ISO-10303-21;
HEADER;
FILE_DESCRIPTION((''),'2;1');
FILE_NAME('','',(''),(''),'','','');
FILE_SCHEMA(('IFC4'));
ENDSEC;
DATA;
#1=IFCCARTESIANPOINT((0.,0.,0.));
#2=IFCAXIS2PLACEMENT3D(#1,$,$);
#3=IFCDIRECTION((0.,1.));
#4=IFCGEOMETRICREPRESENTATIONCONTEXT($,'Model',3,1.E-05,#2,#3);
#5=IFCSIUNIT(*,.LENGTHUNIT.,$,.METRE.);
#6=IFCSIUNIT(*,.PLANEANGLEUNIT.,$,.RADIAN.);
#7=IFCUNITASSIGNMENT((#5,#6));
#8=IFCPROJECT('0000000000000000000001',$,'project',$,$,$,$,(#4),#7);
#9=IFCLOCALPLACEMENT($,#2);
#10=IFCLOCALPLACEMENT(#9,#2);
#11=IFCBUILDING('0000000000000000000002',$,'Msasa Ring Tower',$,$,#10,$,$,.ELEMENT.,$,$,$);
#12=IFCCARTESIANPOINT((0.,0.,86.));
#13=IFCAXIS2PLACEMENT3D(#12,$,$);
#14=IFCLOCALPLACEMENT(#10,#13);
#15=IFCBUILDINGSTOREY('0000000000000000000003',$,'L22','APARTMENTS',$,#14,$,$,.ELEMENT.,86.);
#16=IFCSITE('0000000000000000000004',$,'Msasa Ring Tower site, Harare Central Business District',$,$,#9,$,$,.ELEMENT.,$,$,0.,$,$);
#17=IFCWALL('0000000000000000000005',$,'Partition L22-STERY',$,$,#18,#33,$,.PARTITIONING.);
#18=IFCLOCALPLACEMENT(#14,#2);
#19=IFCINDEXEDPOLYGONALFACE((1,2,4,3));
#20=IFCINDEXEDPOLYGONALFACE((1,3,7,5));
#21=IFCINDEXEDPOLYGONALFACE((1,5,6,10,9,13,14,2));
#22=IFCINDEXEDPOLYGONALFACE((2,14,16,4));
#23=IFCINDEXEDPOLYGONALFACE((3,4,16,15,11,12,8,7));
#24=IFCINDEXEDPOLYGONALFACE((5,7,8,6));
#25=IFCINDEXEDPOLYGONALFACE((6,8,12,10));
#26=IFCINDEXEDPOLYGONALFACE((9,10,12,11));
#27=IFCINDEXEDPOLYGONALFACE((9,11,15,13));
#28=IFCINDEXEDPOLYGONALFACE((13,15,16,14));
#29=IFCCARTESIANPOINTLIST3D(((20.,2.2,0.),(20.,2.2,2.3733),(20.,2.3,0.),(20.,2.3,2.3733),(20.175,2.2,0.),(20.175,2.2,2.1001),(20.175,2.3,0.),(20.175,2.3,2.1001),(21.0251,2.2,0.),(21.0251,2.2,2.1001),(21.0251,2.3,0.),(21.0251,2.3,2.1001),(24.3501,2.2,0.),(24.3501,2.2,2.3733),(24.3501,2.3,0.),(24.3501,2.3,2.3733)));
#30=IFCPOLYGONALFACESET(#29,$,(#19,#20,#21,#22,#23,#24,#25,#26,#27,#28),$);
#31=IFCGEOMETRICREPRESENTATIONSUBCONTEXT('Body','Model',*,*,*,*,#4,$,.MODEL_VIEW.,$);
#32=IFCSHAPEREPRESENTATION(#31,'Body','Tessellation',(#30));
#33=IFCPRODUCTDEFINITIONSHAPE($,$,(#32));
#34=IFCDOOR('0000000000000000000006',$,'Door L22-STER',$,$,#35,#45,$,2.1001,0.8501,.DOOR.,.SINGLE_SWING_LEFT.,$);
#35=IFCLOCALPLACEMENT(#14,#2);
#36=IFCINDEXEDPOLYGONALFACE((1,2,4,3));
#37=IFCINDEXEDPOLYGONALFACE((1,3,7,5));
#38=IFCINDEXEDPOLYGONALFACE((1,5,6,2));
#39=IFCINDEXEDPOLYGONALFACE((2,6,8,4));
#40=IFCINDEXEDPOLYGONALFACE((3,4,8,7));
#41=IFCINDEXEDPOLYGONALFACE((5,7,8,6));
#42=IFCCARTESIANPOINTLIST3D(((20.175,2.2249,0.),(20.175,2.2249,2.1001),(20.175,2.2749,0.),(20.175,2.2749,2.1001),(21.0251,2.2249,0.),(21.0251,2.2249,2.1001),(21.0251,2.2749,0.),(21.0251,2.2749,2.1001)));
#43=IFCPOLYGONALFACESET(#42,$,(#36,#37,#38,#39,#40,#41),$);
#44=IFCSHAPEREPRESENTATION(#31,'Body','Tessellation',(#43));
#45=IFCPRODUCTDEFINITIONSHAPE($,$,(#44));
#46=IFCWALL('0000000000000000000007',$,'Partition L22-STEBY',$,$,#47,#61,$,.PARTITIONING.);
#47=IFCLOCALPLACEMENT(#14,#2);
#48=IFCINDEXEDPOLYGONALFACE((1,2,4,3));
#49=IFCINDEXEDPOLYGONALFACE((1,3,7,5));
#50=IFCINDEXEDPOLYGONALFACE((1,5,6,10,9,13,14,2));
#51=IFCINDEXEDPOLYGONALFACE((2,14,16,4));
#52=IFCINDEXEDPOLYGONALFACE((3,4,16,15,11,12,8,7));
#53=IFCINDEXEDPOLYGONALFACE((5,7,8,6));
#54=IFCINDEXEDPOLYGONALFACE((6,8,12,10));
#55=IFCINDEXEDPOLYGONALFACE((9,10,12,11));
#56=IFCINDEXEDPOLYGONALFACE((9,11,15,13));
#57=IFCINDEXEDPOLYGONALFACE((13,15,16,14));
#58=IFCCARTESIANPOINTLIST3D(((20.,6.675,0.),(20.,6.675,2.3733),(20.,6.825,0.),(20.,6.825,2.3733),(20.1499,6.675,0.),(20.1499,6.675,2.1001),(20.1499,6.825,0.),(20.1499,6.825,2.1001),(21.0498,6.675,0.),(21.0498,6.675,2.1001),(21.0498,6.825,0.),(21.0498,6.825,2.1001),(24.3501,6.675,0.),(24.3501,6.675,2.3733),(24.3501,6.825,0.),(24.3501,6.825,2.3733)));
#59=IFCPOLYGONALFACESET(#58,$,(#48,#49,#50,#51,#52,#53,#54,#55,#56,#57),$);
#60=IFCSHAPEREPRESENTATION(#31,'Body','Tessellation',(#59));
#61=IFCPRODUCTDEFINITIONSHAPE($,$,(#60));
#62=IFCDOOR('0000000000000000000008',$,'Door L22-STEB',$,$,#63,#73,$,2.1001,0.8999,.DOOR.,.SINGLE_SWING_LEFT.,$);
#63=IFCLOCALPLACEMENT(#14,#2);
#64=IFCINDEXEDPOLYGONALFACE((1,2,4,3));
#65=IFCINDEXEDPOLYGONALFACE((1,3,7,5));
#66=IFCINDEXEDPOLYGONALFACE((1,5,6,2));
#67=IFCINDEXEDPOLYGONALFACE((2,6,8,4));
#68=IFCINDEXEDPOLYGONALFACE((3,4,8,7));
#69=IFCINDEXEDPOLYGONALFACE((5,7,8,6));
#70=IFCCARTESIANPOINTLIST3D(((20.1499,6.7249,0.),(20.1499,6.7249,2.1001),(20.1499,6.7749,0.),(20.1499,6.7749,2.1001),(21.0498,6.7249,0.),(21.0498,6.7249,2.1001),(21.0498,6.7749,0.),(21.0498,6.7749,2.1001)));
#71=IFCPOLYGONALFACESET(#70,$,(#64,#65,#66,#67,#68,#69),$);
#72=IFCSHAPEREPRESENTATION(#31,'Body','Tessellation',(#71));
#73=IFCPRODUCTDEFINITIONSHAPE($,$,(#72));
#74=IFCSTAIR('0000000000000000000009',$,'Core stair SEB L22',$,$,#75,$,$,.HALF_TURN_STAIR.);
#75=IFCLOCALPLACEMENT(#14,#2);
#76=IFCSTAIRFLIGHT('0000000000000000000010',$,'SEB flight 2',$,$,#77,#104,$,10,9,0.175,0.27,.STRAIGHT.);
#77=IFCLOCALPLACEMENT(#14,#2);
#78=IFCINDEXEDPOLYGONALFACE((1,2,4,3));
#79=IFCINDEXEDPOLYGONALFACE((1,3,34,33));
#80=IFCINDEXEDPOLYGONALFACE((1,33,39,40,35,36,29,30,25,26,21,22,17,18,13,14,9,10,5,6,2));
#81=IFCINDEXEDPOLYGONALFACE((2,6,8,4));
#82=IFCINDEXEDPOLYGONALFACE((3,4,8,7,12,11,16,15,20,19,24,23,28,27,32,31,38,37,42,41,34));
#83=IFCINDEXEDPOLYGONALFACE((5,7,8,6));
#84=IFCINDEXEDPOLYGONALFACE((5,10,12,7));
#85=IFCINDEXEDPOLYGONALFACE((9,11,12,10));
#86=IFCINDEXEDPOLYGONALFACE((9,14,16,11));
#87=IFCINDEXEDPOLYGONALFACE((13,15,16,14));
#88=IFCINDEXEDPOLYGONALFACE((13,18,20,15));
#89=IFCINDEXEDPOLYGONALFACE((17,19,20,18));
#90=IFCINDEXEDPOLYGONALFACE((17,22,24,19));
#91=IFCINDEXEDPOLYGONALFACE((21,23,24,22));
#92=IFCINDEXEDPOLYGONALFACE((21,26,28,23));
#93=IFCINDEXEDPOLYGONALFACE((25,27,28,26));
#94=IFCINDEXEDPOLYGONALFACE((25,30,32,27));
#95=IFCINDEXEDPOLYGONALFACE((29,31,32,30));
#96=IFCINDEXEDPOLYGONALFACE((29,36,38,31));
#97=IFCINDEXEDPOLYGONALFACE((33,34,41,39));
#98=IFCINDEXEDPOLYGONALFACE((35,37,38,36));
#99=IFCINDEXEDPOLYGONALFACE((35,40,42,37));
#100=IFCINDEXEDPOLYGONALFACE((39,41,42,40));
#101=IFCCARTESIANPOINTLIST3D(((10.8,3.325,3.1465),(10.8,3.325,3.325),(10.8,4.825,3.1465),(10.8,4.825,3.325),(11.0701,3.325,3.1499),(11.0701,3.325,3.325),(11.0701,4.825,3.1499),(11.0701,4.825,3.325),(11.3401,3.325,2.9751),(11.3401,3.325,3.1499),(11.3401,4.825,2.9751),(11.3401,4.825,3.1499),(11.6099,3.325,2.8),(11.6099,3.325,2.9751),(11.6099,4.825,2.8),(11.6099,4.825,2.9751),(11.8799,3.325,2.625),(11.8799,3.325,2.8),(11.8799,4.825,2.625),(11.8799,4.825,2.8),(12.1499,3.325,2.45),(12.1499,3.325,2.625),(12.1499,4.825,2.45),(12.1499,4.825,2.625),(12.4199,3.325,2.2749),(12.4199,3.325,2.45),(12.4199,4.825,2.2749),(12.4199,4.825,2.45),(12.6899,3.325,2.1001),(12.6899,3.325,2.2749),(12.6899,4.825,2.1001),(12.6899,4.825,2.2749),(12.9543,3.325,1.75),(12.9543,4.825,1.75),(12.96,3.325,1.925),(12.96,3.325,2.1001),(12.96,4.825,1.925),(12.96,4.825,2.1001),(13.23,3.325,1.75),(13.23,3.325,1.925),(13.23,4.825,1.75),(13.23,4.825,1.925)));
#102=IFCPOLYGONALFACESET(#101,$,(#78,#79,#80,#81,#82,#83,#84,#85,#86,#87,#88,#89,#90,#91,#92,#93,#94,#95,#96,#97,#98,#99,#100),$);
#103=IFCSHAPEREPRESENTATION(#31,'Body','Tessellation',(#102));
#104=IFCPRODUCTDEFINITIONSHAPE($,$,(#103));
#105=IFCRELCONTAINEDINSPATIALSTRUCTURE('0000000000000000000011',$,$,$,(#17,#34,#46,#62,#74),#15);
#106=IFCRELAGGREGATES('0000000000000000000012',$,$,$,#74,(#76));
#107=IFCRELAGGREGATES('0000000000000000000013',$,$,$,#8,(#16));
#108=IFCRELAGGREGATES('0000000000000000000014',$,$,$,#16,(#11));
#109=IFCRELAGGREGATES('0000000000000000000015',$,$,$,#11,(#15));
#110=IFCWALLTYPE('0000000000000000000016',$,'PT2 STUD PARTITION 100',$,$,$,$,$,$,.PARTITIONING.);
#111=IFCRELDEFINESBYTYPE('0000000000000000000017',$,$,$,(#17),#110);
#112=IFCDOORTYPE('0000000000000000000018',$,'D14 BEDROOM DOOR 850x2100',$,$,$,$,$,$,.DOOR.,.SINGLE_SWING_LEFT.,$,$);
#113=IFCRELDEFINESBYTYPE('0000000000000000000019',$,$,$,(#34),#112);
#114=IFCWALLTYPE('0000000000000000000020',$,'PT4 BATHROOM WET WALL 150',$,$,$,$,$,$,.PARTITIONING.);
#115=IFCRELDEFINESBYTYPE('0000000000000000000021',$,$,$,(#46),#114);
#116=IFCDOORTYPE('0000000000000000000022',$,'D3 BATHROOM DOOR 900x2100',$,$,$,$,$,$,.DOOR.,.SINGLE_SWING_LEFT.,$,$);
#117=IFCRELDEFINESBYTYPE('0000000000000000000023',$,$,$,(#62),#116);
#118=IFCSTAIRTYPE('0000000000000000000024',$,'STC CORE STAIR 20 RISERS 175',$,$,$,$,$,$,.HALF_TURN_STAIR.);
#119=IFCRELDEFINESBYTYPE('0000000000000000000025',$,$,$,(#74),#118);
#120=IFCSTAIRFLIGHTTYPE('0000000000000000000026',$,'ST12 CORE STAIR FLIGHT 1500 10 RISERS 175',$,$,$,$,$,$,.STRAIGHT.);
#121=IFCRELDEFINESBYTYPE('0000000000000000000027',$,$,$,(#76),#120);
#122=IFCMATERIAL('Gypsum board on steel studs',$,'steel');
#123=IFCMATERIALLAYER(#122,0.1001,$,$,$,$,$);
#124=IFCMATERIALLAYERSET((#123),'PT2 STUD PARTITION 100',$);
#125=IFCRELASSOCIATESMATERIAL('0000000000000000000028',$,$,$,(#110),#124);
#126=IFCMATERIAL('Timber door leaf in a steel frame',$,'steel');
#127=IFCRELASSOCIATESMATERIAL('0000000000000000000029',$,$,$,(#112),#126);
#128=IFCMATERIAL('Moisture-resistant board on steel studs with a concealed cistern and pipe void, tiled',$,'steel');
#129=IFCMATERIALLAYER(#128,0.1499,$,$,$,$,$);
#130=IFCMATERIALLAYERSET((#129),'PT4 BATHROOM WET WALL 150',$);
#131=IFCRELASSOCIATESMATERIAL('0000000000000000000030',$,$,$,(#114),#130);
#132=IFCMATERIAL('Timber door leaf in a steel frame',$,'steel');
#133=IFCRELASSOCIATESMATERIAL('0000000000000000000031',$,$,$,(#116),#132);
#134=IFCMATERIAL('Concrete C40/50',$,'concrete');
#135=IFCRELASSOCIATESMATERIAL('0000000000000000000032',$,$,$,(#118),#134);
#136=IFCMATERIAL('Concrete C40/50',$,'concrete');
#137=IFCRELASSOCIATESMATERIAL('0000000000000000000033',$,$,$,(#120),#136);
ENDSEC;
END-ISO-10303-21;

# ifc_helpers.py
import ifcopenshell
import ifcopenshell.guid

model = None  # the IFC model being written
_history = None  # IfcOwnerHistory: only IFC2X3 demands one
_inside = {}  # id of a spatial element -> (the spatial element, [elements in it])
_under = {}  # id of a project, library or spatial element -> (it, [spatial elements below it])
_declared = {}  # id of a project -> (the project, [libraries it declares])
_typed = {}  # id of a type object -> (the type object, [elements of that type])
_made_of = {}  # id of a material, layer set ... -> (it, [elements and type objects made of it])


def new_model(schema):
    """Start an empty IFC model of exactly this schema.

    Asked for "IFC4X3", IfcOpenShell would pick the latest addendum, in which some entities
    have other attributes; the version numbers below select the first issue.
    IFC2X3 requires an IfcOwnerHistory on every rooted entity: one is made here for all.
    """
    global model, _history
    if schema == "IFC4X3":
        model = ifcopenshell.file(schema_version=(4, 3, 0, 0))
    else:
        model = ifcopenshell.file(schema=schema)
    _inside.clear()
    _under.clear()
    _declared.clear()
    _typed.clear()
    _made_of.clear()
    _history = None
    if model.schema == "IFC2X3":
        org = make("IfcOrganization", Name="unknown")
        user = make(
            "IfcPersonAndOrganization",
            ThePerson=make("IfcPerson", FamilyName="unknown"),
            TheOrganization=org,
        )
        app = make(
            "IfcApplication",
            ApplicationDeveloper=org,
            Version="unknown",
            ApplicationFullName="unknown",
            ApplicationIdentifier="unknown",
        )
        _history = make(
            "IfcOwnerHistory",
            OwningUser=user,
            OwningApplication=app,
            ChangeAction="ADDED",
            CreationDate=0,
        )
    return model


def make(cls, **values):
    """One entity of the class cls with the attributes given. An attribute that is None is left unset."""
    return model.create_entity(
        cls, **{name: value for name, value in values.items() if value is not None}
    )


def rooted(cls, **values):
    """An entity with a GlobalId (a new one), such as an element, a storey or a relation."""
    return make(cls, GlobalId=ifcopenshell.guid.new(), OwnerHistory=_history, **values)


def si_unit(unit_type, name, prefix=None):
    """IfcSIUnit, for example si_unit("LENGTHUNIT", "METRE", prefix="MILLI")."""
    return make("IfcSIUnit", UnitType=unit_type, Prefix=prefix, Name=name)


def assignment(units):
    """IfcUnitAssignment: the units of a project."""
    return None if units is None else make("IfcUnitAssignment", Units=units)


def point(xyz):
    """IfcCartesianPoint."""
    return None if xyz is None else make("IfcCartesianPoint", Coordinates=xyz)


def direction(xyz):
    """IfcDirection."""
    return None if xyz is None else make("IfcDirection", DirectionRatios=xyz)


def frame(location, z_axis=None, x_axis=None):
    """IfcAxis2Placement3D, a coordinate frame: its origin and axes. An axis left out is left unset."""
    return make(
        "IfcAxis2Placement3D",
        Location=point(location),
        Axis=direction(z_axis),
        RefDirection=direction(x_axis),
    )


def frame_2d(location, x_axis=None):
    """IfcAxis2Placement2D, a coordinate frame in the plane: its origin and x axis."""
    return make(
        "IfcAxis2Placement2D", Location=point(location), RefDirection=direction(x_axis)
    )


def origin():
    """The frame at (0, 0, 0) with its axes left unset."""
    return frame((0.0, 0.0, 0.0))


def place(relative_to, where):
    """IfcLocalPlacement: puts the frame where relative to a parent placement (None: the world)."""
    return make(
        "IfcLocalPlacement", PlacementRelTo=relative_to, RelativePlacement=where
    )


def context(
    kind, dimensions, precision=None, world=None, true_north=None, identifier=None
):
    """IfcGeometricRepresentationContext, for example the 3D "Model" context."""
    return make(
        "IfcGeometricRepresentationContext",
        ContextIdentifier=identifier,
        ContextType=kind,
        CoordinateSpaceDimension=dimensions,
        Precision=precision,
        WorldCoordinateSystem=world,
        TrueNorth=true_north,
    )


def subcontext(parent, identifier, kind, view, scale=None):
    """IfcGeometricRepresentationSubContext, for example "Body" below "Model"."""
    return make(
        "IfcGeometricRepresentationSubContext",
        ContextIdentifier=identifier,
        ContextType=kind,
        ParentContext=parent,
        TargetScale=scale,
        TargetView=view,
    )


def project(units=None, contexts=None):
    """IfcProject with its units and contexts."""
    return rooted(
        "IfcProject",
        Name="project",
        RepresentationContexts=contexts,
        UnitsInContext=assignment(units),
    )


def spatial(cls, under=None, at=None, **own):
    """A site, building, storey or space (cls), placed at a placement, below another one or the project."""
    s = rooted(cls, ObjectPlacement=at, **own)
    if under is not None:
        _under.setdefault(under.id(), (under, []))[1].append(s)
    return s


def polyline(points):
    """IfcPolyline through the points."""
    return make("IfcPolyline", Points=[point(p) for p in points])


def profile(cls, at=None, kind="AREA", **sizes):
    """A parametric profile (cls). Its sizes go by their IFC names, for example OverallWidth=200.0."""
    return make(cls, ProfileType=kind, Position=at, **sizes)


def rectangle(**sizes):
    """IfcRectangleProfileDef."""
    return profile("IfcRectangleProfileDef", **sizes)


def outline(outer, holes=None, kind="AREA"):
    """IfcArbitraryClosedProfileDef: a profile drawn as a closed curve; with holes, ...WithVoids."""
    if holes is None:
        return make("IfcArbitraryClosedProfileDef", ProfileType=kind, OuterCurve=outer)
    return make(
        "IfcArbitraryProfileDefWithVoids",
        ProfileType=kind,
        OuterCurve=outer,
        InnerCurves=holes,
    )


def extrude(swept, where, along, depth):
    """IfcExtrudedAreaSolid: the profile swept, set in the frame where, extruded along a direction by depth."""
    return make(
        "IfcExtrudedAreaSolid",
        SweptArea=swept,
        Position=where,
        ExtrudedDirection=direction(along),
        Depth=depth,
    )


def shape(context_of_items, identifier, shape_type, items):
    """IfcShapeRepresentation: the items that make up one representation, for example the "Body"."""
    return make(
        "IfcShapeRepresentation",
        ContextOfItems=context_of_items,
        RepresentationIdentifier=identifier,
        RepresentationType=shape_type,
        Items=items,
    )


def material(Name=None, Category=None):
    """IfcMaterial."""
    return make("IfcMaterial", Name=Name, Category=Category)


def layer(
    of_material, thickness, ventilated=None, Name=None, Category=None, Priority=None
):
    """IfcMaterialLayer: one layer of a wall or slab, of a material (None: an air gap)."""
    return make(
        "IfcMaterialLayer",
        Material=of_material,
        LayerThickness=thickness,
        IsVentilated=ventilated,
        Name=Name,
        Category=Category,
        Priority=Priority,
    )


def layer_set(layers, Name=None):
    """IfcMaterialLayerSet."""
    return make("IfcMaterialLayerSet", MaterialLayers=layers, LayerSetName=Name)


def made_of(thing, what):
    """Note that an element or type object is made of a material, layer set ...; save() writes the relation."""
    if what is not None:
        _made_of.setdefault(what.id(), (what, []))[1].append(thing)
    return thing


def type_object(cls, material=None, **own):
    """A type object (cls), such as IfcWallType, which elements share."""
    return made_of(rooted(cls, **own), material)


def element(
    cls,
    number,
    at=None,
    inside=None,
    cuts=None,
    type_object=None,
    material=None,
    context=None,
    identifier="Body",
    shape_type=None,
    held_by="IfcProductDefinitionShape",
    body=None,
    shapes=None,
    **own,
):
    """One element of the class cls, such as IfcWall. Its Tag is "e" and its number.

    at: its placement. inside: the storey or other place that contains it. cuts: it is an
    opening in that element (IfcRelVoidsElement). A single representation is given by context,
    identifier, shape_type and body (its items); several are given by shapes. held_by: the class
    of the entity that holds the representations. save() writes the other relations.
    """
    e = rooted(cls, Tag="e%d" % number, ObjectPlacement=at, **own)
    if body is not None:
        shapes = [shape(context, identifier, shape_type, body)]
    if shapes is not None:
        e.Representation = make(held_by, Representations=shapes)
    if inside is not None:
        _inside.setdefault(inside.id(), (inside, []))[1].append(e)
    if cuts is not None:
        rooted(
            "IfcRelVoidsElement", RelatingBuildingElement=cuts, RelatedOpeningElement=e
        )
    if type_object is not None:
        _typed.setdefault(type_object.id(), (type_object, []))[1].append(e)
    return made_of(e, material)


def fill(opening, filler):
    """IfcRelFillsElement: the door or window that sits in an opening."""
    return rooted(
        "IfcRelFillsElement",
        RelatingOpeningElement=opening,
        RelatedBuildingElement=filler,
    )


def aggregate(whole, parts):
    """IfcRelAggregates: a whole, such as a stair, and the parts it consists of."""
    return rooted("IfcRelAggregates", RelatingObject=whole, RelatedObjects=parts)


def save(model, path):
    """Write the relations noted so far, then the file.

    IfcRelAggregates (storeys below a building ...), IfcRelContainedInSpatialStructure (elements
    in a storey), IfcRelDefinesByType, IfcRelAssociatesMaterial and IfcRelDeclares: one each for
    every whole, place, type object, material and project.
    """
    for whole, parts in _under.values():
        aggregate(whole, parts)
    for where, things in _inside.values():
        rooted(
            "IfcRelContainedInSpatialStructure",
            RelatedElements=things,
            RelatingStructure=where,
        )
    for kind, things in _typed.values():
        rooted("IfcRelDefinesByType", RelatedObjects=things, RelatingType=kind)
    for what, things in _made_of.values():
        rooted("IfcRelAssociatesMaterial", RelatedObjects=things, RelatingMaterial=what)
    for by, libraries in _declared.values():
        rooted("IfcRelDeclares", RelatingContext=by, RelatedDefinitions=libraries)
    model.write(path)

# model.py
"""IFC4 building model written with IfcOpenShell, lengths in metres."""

from ifc_helpers import new_model, si_unit, direction, frame, frame_2d, origin, place, context, subcontext, project, spatial, polyline, rectangle, outline, extrude, material, layer, layer_set, type_object, element, fill, aggregate, save


model = new_model("IFC4")

# Units and contexts
model_context = context("Model", 3, precision=1e-05, world=origin(), true_north=direction((0.0, 1.0)))
body_context = subcontext(model_context, "Body", "Model", "MODEL_VIEW")
ifc_project = project(units=[si_unit("LENGTHUNIT", "METRE"), si_unit("PLANEANGLEUNIT", "RADIAN")], contexts=[model_context])

# Site, building, storey
site_placement = place(None, origin())
site = spatial("IfcSite", under=ifc_project, at=site_placement, Name="Msasa Ring Tower site, Harare Central Business District", CompositionType="ELEMENT", RefElevation=0.0)
building_placement = place(site_placement, origin())
building = spatial("IfcBuilding", under=site, at=building_placement, Name="Msasa Ring Tower", CompositionType="ELEMENT")
storey_placement = place(building_placement, frame((0.0, 0.0, 86.0)))
storey = spatial("IfcBuildingStorey", under=building, at=storey_placement, Name="L22", Description="APARTMENTS", CompositionType="ELEMENT", Elevation=86.0)

# Walls, openings, doors
ifc_material_1 = material(Name="Gypsum board on steel studs", Category="steel")
ifc_layer_1 = layer(ifc_material_1, 0.1001)
ifc_layer_set_1 = layer_set([ifc_layer_1], Name="PT2 STUD PARTITION 100")
wall_type_1 = type_object("IfcWallType", Name="PT2 STUD PARTITION 100", PredefinedType="PARTITIONING", material=ifc_layer_set_1)
wall_1_placement = place(storey_placement, frame((20.0, 2.25, 0.0), z_axis=(0.0, 0.0, 1.0), x_axis=(1.0, 0.0, 0.0)))
wall_1 = element("IfcWall", 1, at=wall_1_placement, inside=storey, type_object=wall_type_1, Name="Partition L22-STERY", PredefinedType="PARTITIONING", context=body_context, shape_type="SweptSolid", body=[
    extrude(rectangle(XDim=4.3501, YDim=0.1001, at=frame_2d((2.175, 0.0))), origin(), (0.0, 0.0, 1.0), 2.3733),
])
opening_1_placement = place(wall_1_placement, frame((0.175, 0.0, 0.0)))
opening_1 = element("IfcOpeningElement", 2, at=opening_1_placement, cuts=wall_1, PredefinedType="OPENING", context=body_context, shape_type="SweptSolid", body=[
    extrude(rectangle(XDim=0.8501, YDim=2.1001, at=frame_2d((0.425, 1.05))), frame((0.0, 0.0601, 0.0), z_axis=(0.0, -1.0, 0.0), x_axis=(1.0, 0.0, 0.0)), (0.0, 0.0, 1.0), 0.1201),
])
ifc_material_2 = material(Name="Timber door leaf in a steel frame", Category="steel")
door_type_1 = type_object("IfcDoorType", Name="D14 BEDROOM DOOR 850x2100", OperationType="SINGLE_SWING_LEFT", PredefinedType="DOOR", material=ifc_material_2)
door_1_placement = place(opening_1_placement, origin())
door_1 = element("IfcDoor", 3, at=door_1_placement, inside=storey, type_object=door_type_1, Name="Door L22-STER", OperationType="SINGLE_SWING_LEFT", OverallHeight=2.1001, OverallWidth=0.8501, PredefinedType="DOOR", context=body_context, shape_type="SweptSolid", body=[
    extrude(rectangle(XDim=0.8501, YDim=2.1001, at=frame_2d((0.425, 1.05))), frame((0.0, 0.0249, 0.0), z_axis=(0.0, -1.0, 0.0), x_axis=(1.0, 0.0, 0.0)), (0.0, 0.0, 1.0), 0.05),
])
fill(opening_1, door_1)
ifc_material_3 = material(Name="Moisture-resistant board on steel studs with a concealed cistern and pipe void, tiled", Category="steel")
ifc_layer_2 = layer(ifc_material_3, 0.1499)
ifc_layer_set_2 = layer_set([ifc_layer_2], Name="PT4 BATHROOM WET WALL 150")
wall_type_2 = type_object("IfcWallType", Name="PT4 BATHROOM WET WALL 150", PredefinedType="PARTITIONING", material=ifc_layer_set_2)
wall_2_placement = place(storey_placement, frame((20.0, 6.75, 0.0), z_axis=(0.0, 0.0, 1.0), x_axis=(1.0, 0.0, 0.0)))
wall_2 = element("IfcWall", 4, at=wall_2_placement, inside=storey, type_object=wall_type_2, Name="Partition L22-STEBY", PredefinedType="PARTITIONING", context=body_context, shape_type="SweptSolid", body=[
    extrude(rectangle(XDim=4.3501, YDim=0.1499, at=frame_2d((2.175, 0.0))), origin(), (0.0, 0.0, 1.0), 2.3733),
])
opening_2_placement = place(wall_2_placement, frame((0.1499, 0.0, 0.0)))
opening_2 = element("IfcOpeningElement", 5, at=opening_2_placement, cuts=wall_2, PredefinedType="OPENING", context=body_context, shape_type="SweptSolid", body=[
    extrude(rectangle(XDim=0.8999, YDim=2.1001, at=frame_2d((0.45, 1.05))), frame((0.0, 0.085, 0.0), z_axis=(0.0, -1.0, 0.0), x_axis=(1.0, 0.0, 0.0)), (0.0, 0.0, 1.0), 0.1699),
])
ifc_material_4 = material(Name="Timber door leaf in a steel frame", Category="steel")
door_type_2 = type_object("IfcDoorType", Name="D3 BATHROOM DOOR 900x2100", OperationType="SINGLE_SWING_LEFT", PredefinedType="DOOR", material=ifc_material_4)
door_2_placement = place(opening_2_placement, origin())
door_2 = element("IfcDoor", 6, at=door_2_placement, inside=storey, type_object=door_type_2, Name="Door L22-STEB", OperationType="SINGLE_SWING_LEFT", OverallHeight=2.1001, OverallWidth=0.8999, PredefinedType="DOOR", context=body_context, shape_type="SweptSolid", body=[
    extrude(rectangle(XDim=0.8999, YDim=2.1001, at=frame_2d((0.45, 1.05))), frame((0.0, 0.0249, 0.0), z_axis=(0.0, -1.0, 0.0), x_axis=(1.0, 0.0, 0.0)), (0.0, 0.0, 1.0), 0.05),
])
fill(opening_2, door_2)

# Stair, stair flight
ifc_material_5 = material(Name="Concrete C40/50", Category="concrete")
stair_type = type_object("IfcStairType", Name="STC CORE STAIR 20 RISERS 175", PredefinedType="HALF_TURN_STAIR", material=ifc_material_5)
stair_placement = place(storey_placement, origin())
stair = element("IfcStair", 7, at=stair_placement, inside=storey, type_object=stair_type, Name="Core stair SEB L22", PredefinedType="HALF_TURN_STAIR")
ifc_material_6 = material(Name="Concrete C40/50", Category="concrete")
stair_flight_type = type_object("IfcStairFlightType", Name="ST12 CORE STAIR FLIGHT 1500 10 RISERS 175", PredefinedType="STRAIGHT", material=ifc_material_6)
stair_flight_placement = place(storey_placement, frame((13.23, 4.075, 1.75), z_axis=(0.0, 0.0, 1.0), x_axis=(-1.0, 0.0, 0.0)))
stair_flight = element("IfcStairFlight", 8, at=stair_flight_placement, type_object=stair_flight_type, Name="SEB flight 2", NumberOfRisers=10, NumberOfTreads=9, PredefinedType="STRAIGHT", RiserHeight=0.175, TreadLength=0.27, context=body_context, shape_type="SweptSolid", body=[
    extrude(outline(polyline([(0.0, 0.0), (0.0, 0.175), (0.27, 0.175), (0.27, 0.3501), (0.54, 0.3501), (0.54, 0.5249), (0.8101, 0.5249), (0.8101, 0.7), (1.0801, 0.7), (1.0801, 0.875), (1.3501, 0.875), (1.3501, 1.05), (1.6201, 1.05), (1.6201, 1.2251), (1.8899, 1.2251), (1.8899, 1.3999), (2.1599, 1.3999), (2.1599, 1.575), (2.4299, 1.575), (2.4299, 1.75), (2.4299, 1.3965), (0.2756, 0.0), (0.0, 0.0)])), frame((0.0, 0.75, 0.0), z_axis=(0.0, -1.0, 0.0), x_axis=(1.0, 0.0, 0.0)), (0.0, 0.0, 1.0), 1.5),
])
aggregate(stair, [stair_flight])

save(model, "model.ifc")
